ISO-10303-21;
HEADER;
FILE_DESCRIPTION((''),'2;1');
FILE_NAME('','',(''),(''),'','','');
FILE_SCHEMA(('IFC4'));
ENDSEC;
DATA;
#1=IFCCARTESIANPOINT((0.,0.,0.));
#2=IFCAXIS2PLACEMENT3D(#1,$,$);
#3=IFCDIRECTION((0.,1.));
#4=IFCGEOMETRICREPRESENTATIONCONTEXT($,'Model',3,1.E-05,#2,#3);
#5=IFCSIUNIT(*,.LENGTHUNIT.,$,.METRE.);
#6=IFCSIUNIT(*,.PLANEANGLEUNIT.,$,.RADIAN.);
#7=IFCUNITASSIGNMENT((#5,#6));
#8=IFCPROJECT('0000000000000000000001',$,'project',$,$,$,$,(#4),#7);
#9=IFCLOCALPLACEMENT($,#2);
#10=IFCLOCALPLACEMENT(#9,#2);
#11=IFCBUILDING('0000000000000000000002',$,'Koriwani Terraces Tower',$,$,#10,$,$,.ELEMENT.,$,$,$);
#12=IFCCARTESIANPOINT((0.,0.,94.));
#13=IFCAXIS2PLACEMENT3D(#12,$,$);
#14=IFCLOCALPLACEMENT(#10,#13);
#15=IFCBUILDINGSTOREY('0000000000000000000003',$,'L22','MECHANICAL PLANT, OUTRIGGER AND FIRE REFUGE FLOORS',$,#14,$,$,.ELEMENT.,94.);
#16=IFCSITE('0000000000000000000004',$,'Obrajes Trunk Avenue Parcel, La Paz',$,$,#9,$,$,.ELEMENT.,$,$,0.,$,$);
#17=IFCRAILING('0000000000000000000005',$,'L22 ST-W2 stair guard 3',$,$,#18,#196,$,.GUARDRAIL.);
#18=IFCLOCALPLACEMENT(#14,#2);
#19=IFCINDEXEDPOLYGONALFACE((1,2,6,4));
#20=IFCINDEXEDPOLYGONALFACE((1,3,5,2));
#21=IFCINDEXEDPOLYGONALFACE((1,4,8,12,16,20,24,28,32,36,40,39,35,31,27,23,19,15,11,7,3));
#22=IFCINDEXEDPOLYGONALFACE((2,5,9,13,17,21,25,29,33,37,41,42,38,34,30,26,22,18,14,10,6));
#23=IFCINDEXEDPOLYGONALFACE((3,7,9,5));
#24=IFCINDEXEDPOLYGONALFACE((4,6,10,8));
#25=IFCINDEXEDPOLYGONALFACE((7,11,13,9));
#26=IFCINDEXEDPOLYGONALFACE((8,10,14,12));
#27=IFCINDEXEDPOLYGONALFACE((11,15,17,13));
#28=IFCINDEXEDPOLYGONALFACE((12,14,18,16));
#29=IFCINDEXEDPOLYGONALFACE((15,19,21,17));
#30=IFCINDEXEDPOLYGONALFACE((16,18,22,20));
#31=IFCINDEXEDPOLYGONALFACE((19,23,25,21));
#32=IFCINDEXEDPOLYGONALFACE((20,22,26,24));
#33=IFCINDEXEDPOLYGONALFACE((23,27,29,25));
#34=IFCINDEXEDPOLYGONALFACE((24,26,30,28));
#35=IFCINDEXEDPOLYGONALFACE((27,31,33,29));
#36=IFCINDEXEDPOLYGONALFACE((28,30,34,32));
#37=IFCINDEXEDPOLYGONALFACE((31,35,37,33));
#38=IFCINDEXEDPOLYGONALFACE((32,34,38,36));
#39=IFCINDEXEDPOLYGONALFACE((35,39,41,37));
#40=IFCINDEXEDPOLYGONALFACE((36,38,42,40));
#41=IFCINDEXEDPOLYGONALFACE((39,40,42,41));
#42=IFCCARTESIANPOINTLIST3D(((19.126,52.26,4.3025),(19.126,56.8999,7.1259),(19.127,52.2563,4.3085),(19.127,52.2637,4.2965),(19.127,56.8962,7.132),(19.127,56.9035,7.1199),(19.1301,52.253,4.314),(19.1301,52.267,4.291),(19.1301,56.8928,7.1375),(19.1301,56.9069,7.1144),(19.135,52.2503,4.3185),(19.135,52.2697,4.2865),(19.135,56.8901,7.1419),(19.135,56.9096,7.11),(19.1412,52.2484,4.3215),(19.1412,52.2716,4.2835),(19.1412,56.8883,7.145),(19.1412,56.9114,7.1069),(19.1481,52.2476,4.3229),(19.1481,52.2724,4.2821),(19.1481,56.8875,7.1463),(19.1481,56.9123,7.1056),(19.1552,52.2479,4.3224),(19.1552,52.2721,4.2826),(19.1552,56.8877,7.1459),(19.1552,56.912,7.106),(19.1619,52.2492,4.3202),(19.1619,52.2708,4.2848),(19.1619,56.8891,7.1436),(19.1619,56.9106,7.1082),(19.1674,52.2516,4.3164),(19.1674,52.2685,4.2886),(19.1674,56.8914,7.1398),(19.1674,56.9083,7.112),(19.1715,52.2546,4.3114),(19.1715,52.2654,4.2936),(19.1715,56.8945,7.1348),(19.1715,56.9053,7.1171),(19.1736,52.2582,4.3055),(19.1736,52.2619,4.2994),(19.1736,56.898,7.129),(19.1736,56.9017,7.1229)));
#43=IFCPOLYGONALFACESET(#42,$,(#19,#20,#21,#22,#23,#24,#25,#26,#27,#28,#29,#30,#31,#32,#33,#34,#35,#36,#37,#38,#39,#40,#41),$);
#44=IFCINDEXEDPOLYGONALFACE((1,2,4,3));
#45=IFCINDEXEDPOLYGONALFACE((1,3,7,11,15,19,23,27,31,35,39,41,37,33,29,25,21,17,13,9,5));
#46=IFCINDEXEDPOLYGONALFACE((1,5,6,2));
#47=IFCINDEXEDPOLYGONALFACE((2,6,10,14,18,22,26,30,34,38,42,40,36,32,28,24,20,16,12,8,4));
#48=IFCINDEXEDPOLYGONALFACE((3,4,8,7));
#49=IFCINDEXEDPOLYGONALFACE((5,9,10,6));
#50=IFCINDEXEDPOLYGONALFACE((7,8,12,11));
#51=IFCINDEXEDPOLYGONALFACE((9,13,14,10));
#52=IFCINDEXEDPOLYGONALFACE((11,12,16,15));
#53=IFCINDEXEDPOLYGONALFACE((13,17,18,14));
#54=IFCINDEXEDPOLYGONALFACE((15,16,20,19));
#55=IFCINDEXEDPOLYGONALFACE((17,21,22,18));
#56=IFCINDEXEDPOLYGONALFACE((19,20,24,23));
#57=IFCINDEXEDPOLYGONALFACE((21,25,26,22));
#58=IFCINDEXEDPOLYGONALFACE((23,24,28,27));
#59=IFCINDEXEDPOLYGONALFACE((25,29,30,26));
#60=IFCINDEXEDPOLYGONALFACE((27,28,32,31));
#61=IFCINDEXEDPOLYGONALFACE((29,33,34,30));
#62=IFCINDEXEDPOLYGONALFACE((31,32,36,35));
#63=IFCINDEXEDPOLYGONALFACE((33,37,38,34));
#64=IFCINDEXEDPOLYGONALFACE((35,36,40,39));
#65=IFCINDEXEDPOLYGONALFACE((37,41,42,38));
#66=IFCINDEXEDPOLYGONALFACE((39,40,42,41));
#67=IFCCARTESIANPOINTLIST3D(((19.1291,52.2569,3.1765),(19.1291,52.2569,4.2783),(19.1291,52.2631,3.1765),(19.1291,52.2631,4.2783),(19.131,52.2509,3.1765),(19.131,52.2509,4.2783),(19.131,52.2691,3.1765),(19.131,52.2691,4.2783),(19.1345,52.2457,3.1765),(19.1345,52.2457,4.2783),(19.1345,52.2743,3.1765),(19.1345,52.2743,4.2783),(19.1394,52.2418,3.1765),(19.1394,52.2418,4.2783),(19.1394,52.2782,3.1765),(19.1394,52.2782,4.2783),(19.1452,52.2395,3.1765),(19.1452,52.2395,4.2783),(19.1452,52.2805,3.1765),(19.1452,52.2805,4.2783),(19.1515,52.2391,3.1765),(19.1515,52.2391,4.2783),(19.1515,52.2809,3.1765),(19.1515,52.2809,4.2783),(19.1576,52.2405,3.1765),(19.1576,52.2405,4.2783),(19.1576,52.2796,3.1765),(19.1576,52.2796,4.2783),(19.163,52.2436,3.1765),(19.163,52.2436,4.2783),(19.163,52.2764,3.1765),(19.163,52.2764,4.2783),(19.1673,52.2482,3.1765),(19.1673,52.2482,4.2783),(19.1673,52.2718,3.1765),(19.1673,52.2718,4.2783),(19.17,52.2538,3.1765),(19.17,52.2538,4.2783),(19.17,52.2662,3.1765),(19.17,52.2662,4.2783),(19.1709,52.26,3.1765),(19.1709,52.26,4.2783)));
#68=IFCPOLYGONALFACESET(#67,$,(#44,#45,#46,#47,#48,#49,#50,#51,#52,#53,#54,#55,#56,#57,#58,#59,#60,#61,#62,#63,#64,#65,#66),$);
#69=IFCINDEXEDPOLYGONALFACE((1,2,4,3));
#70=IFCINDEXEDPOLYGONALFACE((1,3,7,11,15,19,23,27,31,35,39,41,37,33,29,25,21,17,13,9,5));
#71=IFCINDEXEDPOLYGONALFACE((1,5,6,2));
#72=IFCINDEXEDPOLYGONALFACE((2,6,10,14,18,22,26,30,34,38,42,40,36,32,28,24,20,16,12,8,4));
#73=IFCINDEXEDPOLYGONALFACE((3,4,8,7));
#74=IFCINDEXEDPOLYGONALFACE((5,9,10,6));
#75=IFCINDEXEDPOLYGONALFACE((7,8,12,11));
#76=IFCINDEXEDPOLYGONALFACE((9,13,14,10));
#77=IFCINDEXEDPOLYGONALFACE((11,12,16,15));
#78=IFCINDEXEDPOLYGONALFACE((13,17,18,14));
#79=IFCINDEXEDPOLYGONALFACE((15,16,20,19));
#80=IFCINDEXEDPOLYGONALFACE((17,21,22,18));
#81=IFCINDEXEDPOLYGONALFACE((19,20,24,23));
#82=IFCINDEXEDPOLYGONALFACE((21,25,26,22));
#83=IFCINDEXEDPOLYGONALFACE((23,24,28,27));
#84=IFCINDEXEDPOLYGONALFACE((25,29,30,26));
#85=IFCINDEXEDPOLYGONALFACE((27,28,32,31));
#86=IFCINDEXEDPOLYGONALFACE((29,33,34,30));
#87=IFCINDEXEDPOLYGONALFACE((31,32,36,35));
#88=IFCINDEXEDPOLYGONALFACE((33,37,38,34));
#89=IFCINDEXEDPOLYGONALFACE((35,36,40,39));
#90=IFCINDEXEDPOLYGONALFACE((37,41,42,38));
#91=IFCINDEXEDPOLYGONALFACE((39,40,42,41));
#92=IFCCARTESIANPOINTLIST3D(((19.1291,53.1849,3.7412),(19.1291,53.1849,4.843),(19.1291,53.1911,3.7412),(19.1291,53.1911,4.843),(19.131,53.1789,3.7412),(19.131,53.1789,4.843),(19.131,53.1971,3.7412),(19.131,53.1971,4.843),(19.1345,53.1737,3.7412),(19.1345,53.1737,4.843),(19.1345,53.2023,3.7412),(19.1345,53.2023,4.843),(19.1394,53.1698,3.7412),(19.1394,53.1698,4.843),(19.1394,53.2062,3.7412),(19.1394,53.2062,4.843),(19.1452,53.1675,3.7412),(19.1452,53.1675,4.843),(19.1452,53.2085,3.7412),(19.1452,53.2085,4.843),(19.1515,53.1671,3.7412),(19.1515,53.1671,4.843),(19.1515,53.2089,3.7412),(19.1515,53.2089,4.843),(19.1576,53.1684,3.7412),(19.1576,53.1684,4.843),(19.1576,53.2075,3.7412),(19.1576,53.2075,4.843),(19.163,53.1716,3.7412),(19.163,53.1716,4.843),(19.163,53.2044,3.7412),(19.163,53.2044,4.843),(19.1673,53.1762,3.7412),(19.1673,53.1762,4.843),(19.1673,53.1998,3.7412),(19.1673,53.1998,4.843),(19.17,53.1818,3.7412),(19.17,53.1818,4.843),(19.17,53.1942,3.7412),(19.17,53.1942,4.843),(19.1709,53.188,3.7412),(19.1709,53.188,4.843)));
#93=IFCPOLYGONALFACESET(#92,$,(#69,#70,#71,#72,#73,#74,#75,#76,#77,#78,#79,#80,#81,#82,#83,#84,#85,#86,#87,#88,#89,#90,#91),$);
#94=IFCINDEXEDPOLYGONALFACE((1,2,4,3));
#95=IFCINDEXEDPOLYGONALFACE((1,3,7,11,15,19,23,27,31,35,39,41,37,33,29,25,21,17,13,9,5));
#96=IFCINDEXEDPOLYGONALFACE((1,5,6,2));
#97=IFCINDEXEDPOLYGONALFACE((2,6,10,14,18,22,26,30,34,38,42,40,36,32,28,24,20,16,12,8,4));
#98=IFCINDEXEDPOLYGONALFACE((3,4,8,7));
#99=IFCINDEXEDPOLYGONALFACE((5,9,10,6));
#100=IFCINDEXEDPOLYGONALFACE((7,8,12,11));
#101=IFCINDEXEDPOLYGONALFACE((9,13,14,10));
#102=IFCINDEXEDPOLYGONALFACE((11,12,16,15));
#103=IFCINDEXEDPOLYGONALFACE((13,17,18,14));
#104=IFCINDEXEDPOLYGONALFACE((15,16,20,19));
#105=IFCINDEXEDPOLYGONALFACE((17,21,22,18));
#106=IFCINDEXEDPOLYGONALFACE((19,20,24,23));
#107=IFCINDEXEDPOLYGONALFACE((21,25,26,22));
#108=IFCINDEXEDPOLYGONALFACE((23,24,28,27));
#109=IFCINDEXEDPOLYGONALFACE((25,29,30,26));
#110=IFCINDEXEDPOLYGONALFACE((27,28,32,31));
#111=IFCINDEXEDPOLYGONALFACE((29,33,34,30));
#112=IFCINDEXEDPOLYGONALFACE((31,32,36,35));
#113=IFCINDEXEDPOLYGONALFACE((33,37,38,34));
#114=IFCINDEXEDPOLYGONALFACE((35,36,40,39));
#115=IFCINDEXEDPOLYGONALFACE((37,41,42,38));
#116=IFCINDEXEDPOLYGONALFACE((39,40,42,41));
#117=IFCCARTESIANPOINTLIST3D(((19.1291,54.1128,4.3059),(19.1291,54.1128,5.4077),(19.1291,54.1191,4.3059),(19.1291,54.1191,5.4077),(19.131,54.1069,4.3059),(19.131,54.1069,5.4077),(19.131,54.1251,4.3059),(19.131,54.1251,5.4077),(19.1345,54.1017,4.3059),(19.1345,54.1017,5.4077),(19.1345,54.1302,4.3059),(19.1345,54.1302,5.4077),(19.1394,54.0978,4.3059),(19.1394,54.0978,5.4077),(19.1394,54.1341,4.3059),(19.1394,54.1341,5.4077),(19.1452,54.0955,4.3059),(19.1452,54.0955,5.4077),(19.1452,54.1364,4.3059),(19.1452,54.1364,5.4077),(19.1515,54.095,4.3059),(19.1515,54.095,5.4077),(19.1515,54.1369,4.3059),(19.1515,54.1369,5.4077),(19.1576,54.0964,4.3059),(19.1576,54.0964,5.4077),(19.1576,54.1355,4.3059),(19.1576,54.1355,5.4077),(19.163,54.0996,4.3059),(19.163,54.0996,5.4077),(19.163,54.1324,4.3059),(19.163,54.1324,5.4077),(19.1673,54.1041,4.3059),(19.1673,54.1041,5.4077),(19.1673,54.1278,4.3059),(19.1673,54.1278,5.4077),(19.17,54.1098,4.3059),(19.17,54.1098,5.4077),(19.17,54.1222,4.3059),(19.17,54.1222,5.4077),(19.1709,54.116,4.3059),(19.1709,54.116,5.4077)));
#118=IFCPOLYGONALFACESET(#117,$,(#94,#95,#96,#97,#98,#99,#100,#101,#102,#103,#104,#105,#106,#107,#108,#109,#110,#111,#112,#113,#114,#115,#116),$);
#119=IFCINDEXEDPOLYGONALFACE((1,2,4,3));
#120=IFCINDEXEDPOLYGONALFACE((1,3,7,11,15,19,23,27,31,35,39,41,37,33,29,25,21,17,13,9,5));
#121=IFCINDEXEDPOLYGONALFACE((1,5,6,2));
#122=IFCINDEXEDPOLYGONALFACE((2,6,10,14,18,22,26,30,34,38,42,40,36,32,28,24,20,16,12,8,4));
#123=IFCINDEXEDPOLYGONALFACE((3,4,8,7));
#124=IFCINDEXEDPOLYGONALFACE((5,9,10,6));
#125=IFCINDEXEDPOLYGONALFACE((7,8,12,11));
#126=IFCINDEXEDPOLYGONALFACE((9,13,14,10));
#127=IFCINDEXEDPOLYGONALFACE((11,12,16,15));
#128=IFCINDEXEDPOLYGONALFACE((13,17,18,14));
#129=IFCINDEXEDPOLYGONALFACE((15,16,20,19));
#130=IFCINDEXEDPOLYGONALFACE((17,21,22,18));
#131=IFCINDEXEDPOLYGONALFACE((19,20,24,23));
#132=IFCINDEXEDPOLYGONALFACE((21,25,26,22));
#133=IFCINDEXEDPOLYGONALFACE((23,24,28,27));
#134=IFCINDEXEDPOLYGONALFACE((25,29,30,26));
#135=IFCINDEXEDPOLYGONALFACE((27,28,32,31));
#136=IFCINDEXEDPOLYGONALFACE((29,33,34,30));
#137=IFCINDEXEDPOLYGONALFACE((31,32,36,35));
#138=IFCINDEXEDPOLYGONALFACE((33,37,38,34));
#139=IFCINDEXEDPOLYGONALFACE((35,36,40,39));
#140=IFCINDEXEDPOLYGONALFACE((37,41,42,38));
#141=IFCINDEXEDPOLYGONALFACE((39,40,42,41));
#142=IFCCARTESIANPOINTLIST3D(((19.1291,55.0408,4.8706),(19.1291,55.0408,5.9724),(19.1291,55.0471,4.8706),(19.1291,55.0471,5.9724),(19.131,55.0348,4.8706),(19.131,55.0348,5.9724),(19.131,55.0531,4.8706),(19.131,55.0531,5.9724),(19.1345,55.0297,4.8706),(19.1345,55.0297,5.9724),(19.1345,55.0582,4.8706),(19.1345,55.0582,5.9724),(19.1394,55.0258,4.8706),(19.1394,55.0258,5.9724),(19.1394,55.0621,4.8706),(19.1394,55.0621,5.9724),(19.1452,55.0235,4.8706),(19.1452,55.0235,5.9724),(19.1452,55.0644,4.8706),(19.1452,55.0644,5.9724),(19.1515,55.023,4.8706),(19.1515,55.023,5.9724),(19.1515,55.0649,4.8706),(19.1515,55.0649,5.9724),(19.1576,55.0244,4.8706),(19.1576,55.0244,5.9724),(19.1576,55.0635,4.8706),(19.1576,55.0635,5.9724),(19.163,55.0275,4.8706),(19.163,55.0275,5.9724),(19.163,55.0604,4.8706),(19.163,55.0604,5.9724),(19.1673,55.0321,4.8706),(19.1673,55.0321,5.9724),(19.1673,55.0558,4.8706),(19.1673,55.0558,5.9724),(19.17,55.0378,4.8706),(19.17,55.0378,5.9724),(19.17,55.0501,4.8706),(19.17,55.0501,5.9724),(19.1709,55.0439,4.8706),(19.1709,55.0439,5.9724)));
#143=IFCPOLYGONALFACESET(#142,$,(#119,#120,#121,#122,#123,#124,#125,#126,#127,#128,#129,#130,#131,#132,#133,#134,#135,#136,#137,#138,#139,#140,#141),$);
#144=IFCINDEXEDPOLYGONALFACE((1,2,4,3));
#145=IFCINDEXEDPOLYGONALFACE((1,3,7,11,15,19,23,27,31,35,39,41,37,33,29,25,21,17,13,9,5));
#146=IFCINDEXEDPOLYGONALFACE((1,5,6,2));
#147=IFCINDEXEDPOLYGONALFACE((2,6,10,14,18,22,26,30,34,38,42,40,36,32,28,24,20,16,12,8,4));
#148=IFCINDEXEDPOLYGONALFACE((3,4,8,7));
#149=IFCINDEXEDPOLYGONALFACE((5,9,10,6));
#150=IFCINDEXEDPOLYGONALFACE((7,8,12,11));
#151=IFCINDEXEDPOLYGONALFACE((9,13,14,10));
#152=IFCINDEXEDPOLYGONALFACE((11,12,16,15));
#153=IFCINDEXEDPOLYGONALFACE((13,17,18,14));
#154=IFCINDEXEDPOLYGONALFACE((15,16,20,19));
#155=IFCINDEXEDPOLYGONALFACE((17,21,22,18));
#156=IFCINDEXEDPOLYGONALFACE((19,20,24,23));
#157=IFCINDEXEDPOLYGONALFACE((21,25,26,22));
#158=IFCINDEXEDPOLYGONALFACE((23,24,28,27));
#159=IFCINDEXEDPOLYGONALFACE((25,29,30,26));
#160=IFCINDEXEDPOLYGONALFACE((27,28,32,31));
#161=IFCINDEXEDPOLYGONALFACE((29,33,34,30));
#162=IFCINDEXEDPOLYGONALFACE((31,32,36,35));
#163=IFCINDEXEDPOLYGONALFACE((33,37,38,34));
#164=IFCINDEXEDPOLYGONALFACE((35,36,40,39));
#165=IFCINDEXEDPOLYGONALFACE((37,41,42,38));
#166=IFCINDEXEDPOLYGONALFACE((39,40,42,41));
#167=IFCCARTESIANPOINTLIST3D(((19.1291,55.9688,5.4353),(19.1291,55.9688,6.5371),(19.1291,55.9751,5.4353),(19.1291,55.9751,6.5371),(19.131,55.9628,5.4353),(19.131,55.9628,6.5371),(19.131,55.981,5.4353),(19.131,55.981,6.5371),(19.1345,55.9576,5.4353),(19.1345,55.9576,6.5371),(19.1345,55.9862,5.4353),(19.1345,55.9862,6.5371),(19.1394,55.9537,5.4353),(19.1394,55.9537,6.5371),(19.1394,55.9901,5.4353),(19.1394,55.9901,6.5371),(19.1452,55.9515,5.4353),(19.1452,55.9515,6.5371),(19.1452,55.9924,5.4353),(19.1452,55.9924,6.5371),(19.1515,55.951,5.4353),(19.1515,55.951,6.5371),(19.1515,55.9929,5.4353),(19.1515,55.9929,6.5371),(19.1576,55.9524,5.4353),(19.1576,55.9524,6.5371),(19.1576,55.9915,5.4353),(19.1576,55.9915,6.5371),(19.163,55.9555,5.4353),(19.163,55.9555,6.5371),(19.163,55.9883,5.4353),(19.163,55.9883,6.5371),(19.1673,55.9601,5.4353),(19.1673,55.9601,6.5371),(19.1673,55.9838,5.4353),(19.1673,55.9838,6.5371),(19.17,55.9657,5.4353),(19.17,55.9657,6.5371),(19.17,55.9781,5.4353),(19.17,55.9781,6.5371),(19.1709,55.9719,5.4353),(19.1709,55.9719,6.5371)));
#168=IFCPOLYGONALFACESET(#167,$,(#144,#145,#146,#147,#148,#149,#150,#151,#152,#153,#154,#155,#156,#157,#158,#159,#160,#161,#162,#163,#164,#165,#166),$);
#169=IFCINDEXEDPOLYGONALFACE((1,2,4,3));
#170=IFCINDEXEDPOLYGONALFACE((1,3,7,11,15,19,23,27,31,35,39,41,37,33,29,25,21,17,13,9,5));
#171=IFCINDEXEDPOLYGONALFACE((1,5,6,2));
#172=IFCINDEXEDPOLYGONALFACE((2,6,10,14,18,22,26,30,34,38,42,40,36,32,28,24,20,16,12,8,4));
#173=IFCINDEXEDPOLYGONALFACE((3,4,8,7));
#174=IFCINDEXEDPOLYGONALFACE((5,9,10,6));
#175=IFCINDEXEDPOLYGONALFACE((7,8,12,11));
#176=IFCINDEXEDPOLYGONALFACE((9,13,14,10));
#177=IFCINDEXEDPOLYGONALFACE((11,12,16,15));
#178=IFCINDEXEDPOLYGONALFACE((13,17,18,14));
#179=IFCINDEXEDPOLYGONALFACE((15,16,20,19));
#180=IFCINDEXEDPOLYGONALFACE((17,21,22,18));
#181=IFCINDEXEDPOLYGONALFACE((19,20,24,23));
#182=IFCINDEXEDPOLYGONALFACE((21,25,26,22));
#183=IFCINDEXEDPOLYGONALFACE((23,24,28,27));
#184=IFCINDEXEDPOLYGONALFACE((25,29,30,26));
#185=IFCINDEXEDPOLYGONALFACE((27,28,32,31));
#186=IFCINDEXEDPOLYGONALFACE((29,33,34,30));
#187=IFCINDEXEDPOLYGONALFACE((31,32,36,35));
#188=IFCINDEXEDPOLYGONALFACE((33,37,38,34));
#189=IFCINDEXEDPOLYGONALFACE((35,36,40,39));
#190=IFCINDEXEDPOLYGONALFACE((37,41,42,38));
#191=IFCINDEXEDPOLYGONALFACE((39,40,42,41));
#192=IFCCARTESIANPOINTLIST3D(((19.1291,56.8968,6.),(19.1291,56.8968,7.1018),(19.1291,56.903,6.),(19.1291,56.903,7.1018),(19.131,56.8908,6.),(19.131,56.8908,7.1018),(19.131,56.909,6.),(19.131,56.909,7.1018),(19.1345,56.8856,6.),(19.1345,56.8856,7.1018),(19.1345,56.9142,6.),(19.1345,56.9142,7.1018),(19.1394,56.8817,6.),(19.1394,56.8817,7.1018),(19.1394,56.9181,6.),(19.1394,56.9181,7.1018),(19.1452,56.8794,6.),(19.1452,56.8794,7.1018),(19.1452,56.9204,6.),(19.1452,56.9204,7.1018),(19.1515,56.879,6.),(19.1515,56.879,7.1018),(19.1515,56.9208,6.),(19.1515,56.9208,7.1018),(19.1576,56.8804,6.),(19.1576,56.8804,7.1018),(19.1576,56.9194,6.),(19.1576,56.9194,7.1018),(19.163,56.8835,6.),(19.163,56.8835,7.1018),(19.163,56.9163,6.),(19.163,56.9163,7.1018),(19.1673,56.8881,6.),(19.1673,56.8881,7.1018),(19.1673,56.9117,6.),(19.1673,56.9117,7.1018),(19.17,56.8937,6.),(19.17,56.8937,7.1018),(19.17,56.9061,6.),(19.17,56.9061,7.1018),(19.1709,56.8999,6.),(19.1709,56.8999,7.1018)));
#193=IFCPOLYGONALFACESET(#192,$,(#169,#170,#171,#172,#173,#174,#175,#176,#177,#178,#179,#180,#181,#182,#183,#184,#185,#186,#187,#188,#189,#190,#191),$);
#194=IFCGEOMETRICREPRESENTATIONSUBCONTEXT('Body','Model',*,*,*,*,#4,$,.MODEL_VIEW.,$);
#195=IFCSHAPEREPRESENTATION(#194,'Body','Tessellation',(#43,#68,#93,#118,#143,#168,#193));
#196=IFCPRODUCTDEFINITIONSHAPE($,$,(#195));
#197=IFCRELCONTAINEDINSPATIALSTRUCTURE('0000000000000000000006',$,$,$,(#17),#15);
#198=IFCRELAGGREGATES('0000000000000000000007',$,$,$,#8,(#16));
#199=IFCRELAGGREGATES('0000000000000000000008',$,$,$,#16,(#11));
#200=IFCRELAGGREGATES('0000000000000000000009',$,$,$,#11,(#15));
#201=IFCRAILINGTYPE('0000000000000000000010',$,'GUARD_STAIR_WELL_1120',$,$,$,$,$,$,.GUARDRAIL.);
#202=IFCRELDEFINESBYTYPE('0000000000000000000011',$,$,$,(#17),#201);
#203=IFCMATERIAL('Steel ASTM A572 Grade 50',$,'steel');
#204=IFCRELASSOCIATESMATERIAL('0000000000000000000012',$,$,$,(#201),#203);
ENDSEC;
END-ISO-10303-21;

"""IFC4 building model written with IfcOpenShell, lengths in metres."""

from ifc_helpers import new_model, si_unit, direction, frame, origin, origin_2d, place, context, subcontext, project, spatial, circle, extrude, material, type_object, element, save


model = new_model("IFC4")

# Units and contexts
model_context = context("Model", 3, precision=1e-05, world=origin(), true_north=direction((0.0, 1.0)))
body_context = subcontext(model_context, "Body", "Model", "MODEL_VIEW")
ifc_project = project(units=[si_unit("LENGTHUNIT", "METRE"), si_unit("PLANEANGLEUNIT", "RADIAN")], contexts=[model_context])

# Site, building, storey
site_placement = place(None, origin())
site = spatial("IfcSite", under=ifc_project, at=site_placement, Name="Obrajes Trunk Avenue Parcel, La Paz", CompositionType="ELEMENT", RefElevation=0.0)
building_placement = place(site_placement, origin())
building = spatial("IfcBuilding", under=site, at=building_placement, Name="Koriwani Terraces Tower", CompositionType="ELEMENT")
storey_placement = place(building_placement, frame((0.0, 0.0, 94.0)))
storey = spatial("IfcBuildingStorey", under=building, at=storey_placement, Name="L22", Description="MECHANICAL PLANT, OUTRIGGER AND FIRE REFUGE FLOORS", CompositionType="ELEMENT", Elevation=94.0)

# Shared definitions
ifc_material_1 = material(Name="Steel ASTM A572 Grade 50", Category="steel")

# Railing
railing_type_1 = type_object("IfcRailingType", Name="GUARD_STAIR_WELL_1120", PredefinedType="GUARDRAIL", material=ifc_material_1)
railing_1_placement = place(storey_placement, frame((19.1499, 52.26, 3.1765)))
element("IfcRailing", 1, at=railing_1_placement, inside=storey, type_object=railing_type_1, Name="L22 ST-W2 stair guard 3", PredefinedType="GUARDRAIL", context=body_context, shape_type="SweptSolid", body=[
    extrude(circle(Radius=0.0239, at=origin_2d()), frame((0.0, 0.0, 1.126), z_axis=(0.0, 0.854264, 0.51984), x_axis=(-1.0, 0.0, 0.0)), (0.0, 0.0, 1.0), 5.4314),
    extrude(circle(Radius=0.021, at=origin_2d()), origin(), (0.0, 0.0, 1.0), 1.1018),
    extrude(circle(Radius=0.021, at=origin_2d()), frame((0.0, 0.928, 0.5647)), (0.0, 0.0, 1.0), 1.1018),
    extrude(circle(Radius=0.021, at=origin_2d()), frame((0.0, 1.856, 1.1294)), (0.0, 0.0, 1.0), 1.1018),
    extrude(circle(Radius=0.021, at=origin_2d()), frame((0.0, 2.7839, 1.6941)), (0.0, 0.0, 1.0), 1.1018),
    extrude(circle(Radius=0.021, at=origin_2d()), frame((0.0, 3.7119, 2.2588)), (0.0, 0.0, 1.0), 1.1018),
    extrude(circle(Radius=0.021, at=origin_2d()), frame((0.0, 4.6399, 2.8235)), (0.0, 0.0, 1.0), 1.1018),
])

save(model, "model.ifc")
